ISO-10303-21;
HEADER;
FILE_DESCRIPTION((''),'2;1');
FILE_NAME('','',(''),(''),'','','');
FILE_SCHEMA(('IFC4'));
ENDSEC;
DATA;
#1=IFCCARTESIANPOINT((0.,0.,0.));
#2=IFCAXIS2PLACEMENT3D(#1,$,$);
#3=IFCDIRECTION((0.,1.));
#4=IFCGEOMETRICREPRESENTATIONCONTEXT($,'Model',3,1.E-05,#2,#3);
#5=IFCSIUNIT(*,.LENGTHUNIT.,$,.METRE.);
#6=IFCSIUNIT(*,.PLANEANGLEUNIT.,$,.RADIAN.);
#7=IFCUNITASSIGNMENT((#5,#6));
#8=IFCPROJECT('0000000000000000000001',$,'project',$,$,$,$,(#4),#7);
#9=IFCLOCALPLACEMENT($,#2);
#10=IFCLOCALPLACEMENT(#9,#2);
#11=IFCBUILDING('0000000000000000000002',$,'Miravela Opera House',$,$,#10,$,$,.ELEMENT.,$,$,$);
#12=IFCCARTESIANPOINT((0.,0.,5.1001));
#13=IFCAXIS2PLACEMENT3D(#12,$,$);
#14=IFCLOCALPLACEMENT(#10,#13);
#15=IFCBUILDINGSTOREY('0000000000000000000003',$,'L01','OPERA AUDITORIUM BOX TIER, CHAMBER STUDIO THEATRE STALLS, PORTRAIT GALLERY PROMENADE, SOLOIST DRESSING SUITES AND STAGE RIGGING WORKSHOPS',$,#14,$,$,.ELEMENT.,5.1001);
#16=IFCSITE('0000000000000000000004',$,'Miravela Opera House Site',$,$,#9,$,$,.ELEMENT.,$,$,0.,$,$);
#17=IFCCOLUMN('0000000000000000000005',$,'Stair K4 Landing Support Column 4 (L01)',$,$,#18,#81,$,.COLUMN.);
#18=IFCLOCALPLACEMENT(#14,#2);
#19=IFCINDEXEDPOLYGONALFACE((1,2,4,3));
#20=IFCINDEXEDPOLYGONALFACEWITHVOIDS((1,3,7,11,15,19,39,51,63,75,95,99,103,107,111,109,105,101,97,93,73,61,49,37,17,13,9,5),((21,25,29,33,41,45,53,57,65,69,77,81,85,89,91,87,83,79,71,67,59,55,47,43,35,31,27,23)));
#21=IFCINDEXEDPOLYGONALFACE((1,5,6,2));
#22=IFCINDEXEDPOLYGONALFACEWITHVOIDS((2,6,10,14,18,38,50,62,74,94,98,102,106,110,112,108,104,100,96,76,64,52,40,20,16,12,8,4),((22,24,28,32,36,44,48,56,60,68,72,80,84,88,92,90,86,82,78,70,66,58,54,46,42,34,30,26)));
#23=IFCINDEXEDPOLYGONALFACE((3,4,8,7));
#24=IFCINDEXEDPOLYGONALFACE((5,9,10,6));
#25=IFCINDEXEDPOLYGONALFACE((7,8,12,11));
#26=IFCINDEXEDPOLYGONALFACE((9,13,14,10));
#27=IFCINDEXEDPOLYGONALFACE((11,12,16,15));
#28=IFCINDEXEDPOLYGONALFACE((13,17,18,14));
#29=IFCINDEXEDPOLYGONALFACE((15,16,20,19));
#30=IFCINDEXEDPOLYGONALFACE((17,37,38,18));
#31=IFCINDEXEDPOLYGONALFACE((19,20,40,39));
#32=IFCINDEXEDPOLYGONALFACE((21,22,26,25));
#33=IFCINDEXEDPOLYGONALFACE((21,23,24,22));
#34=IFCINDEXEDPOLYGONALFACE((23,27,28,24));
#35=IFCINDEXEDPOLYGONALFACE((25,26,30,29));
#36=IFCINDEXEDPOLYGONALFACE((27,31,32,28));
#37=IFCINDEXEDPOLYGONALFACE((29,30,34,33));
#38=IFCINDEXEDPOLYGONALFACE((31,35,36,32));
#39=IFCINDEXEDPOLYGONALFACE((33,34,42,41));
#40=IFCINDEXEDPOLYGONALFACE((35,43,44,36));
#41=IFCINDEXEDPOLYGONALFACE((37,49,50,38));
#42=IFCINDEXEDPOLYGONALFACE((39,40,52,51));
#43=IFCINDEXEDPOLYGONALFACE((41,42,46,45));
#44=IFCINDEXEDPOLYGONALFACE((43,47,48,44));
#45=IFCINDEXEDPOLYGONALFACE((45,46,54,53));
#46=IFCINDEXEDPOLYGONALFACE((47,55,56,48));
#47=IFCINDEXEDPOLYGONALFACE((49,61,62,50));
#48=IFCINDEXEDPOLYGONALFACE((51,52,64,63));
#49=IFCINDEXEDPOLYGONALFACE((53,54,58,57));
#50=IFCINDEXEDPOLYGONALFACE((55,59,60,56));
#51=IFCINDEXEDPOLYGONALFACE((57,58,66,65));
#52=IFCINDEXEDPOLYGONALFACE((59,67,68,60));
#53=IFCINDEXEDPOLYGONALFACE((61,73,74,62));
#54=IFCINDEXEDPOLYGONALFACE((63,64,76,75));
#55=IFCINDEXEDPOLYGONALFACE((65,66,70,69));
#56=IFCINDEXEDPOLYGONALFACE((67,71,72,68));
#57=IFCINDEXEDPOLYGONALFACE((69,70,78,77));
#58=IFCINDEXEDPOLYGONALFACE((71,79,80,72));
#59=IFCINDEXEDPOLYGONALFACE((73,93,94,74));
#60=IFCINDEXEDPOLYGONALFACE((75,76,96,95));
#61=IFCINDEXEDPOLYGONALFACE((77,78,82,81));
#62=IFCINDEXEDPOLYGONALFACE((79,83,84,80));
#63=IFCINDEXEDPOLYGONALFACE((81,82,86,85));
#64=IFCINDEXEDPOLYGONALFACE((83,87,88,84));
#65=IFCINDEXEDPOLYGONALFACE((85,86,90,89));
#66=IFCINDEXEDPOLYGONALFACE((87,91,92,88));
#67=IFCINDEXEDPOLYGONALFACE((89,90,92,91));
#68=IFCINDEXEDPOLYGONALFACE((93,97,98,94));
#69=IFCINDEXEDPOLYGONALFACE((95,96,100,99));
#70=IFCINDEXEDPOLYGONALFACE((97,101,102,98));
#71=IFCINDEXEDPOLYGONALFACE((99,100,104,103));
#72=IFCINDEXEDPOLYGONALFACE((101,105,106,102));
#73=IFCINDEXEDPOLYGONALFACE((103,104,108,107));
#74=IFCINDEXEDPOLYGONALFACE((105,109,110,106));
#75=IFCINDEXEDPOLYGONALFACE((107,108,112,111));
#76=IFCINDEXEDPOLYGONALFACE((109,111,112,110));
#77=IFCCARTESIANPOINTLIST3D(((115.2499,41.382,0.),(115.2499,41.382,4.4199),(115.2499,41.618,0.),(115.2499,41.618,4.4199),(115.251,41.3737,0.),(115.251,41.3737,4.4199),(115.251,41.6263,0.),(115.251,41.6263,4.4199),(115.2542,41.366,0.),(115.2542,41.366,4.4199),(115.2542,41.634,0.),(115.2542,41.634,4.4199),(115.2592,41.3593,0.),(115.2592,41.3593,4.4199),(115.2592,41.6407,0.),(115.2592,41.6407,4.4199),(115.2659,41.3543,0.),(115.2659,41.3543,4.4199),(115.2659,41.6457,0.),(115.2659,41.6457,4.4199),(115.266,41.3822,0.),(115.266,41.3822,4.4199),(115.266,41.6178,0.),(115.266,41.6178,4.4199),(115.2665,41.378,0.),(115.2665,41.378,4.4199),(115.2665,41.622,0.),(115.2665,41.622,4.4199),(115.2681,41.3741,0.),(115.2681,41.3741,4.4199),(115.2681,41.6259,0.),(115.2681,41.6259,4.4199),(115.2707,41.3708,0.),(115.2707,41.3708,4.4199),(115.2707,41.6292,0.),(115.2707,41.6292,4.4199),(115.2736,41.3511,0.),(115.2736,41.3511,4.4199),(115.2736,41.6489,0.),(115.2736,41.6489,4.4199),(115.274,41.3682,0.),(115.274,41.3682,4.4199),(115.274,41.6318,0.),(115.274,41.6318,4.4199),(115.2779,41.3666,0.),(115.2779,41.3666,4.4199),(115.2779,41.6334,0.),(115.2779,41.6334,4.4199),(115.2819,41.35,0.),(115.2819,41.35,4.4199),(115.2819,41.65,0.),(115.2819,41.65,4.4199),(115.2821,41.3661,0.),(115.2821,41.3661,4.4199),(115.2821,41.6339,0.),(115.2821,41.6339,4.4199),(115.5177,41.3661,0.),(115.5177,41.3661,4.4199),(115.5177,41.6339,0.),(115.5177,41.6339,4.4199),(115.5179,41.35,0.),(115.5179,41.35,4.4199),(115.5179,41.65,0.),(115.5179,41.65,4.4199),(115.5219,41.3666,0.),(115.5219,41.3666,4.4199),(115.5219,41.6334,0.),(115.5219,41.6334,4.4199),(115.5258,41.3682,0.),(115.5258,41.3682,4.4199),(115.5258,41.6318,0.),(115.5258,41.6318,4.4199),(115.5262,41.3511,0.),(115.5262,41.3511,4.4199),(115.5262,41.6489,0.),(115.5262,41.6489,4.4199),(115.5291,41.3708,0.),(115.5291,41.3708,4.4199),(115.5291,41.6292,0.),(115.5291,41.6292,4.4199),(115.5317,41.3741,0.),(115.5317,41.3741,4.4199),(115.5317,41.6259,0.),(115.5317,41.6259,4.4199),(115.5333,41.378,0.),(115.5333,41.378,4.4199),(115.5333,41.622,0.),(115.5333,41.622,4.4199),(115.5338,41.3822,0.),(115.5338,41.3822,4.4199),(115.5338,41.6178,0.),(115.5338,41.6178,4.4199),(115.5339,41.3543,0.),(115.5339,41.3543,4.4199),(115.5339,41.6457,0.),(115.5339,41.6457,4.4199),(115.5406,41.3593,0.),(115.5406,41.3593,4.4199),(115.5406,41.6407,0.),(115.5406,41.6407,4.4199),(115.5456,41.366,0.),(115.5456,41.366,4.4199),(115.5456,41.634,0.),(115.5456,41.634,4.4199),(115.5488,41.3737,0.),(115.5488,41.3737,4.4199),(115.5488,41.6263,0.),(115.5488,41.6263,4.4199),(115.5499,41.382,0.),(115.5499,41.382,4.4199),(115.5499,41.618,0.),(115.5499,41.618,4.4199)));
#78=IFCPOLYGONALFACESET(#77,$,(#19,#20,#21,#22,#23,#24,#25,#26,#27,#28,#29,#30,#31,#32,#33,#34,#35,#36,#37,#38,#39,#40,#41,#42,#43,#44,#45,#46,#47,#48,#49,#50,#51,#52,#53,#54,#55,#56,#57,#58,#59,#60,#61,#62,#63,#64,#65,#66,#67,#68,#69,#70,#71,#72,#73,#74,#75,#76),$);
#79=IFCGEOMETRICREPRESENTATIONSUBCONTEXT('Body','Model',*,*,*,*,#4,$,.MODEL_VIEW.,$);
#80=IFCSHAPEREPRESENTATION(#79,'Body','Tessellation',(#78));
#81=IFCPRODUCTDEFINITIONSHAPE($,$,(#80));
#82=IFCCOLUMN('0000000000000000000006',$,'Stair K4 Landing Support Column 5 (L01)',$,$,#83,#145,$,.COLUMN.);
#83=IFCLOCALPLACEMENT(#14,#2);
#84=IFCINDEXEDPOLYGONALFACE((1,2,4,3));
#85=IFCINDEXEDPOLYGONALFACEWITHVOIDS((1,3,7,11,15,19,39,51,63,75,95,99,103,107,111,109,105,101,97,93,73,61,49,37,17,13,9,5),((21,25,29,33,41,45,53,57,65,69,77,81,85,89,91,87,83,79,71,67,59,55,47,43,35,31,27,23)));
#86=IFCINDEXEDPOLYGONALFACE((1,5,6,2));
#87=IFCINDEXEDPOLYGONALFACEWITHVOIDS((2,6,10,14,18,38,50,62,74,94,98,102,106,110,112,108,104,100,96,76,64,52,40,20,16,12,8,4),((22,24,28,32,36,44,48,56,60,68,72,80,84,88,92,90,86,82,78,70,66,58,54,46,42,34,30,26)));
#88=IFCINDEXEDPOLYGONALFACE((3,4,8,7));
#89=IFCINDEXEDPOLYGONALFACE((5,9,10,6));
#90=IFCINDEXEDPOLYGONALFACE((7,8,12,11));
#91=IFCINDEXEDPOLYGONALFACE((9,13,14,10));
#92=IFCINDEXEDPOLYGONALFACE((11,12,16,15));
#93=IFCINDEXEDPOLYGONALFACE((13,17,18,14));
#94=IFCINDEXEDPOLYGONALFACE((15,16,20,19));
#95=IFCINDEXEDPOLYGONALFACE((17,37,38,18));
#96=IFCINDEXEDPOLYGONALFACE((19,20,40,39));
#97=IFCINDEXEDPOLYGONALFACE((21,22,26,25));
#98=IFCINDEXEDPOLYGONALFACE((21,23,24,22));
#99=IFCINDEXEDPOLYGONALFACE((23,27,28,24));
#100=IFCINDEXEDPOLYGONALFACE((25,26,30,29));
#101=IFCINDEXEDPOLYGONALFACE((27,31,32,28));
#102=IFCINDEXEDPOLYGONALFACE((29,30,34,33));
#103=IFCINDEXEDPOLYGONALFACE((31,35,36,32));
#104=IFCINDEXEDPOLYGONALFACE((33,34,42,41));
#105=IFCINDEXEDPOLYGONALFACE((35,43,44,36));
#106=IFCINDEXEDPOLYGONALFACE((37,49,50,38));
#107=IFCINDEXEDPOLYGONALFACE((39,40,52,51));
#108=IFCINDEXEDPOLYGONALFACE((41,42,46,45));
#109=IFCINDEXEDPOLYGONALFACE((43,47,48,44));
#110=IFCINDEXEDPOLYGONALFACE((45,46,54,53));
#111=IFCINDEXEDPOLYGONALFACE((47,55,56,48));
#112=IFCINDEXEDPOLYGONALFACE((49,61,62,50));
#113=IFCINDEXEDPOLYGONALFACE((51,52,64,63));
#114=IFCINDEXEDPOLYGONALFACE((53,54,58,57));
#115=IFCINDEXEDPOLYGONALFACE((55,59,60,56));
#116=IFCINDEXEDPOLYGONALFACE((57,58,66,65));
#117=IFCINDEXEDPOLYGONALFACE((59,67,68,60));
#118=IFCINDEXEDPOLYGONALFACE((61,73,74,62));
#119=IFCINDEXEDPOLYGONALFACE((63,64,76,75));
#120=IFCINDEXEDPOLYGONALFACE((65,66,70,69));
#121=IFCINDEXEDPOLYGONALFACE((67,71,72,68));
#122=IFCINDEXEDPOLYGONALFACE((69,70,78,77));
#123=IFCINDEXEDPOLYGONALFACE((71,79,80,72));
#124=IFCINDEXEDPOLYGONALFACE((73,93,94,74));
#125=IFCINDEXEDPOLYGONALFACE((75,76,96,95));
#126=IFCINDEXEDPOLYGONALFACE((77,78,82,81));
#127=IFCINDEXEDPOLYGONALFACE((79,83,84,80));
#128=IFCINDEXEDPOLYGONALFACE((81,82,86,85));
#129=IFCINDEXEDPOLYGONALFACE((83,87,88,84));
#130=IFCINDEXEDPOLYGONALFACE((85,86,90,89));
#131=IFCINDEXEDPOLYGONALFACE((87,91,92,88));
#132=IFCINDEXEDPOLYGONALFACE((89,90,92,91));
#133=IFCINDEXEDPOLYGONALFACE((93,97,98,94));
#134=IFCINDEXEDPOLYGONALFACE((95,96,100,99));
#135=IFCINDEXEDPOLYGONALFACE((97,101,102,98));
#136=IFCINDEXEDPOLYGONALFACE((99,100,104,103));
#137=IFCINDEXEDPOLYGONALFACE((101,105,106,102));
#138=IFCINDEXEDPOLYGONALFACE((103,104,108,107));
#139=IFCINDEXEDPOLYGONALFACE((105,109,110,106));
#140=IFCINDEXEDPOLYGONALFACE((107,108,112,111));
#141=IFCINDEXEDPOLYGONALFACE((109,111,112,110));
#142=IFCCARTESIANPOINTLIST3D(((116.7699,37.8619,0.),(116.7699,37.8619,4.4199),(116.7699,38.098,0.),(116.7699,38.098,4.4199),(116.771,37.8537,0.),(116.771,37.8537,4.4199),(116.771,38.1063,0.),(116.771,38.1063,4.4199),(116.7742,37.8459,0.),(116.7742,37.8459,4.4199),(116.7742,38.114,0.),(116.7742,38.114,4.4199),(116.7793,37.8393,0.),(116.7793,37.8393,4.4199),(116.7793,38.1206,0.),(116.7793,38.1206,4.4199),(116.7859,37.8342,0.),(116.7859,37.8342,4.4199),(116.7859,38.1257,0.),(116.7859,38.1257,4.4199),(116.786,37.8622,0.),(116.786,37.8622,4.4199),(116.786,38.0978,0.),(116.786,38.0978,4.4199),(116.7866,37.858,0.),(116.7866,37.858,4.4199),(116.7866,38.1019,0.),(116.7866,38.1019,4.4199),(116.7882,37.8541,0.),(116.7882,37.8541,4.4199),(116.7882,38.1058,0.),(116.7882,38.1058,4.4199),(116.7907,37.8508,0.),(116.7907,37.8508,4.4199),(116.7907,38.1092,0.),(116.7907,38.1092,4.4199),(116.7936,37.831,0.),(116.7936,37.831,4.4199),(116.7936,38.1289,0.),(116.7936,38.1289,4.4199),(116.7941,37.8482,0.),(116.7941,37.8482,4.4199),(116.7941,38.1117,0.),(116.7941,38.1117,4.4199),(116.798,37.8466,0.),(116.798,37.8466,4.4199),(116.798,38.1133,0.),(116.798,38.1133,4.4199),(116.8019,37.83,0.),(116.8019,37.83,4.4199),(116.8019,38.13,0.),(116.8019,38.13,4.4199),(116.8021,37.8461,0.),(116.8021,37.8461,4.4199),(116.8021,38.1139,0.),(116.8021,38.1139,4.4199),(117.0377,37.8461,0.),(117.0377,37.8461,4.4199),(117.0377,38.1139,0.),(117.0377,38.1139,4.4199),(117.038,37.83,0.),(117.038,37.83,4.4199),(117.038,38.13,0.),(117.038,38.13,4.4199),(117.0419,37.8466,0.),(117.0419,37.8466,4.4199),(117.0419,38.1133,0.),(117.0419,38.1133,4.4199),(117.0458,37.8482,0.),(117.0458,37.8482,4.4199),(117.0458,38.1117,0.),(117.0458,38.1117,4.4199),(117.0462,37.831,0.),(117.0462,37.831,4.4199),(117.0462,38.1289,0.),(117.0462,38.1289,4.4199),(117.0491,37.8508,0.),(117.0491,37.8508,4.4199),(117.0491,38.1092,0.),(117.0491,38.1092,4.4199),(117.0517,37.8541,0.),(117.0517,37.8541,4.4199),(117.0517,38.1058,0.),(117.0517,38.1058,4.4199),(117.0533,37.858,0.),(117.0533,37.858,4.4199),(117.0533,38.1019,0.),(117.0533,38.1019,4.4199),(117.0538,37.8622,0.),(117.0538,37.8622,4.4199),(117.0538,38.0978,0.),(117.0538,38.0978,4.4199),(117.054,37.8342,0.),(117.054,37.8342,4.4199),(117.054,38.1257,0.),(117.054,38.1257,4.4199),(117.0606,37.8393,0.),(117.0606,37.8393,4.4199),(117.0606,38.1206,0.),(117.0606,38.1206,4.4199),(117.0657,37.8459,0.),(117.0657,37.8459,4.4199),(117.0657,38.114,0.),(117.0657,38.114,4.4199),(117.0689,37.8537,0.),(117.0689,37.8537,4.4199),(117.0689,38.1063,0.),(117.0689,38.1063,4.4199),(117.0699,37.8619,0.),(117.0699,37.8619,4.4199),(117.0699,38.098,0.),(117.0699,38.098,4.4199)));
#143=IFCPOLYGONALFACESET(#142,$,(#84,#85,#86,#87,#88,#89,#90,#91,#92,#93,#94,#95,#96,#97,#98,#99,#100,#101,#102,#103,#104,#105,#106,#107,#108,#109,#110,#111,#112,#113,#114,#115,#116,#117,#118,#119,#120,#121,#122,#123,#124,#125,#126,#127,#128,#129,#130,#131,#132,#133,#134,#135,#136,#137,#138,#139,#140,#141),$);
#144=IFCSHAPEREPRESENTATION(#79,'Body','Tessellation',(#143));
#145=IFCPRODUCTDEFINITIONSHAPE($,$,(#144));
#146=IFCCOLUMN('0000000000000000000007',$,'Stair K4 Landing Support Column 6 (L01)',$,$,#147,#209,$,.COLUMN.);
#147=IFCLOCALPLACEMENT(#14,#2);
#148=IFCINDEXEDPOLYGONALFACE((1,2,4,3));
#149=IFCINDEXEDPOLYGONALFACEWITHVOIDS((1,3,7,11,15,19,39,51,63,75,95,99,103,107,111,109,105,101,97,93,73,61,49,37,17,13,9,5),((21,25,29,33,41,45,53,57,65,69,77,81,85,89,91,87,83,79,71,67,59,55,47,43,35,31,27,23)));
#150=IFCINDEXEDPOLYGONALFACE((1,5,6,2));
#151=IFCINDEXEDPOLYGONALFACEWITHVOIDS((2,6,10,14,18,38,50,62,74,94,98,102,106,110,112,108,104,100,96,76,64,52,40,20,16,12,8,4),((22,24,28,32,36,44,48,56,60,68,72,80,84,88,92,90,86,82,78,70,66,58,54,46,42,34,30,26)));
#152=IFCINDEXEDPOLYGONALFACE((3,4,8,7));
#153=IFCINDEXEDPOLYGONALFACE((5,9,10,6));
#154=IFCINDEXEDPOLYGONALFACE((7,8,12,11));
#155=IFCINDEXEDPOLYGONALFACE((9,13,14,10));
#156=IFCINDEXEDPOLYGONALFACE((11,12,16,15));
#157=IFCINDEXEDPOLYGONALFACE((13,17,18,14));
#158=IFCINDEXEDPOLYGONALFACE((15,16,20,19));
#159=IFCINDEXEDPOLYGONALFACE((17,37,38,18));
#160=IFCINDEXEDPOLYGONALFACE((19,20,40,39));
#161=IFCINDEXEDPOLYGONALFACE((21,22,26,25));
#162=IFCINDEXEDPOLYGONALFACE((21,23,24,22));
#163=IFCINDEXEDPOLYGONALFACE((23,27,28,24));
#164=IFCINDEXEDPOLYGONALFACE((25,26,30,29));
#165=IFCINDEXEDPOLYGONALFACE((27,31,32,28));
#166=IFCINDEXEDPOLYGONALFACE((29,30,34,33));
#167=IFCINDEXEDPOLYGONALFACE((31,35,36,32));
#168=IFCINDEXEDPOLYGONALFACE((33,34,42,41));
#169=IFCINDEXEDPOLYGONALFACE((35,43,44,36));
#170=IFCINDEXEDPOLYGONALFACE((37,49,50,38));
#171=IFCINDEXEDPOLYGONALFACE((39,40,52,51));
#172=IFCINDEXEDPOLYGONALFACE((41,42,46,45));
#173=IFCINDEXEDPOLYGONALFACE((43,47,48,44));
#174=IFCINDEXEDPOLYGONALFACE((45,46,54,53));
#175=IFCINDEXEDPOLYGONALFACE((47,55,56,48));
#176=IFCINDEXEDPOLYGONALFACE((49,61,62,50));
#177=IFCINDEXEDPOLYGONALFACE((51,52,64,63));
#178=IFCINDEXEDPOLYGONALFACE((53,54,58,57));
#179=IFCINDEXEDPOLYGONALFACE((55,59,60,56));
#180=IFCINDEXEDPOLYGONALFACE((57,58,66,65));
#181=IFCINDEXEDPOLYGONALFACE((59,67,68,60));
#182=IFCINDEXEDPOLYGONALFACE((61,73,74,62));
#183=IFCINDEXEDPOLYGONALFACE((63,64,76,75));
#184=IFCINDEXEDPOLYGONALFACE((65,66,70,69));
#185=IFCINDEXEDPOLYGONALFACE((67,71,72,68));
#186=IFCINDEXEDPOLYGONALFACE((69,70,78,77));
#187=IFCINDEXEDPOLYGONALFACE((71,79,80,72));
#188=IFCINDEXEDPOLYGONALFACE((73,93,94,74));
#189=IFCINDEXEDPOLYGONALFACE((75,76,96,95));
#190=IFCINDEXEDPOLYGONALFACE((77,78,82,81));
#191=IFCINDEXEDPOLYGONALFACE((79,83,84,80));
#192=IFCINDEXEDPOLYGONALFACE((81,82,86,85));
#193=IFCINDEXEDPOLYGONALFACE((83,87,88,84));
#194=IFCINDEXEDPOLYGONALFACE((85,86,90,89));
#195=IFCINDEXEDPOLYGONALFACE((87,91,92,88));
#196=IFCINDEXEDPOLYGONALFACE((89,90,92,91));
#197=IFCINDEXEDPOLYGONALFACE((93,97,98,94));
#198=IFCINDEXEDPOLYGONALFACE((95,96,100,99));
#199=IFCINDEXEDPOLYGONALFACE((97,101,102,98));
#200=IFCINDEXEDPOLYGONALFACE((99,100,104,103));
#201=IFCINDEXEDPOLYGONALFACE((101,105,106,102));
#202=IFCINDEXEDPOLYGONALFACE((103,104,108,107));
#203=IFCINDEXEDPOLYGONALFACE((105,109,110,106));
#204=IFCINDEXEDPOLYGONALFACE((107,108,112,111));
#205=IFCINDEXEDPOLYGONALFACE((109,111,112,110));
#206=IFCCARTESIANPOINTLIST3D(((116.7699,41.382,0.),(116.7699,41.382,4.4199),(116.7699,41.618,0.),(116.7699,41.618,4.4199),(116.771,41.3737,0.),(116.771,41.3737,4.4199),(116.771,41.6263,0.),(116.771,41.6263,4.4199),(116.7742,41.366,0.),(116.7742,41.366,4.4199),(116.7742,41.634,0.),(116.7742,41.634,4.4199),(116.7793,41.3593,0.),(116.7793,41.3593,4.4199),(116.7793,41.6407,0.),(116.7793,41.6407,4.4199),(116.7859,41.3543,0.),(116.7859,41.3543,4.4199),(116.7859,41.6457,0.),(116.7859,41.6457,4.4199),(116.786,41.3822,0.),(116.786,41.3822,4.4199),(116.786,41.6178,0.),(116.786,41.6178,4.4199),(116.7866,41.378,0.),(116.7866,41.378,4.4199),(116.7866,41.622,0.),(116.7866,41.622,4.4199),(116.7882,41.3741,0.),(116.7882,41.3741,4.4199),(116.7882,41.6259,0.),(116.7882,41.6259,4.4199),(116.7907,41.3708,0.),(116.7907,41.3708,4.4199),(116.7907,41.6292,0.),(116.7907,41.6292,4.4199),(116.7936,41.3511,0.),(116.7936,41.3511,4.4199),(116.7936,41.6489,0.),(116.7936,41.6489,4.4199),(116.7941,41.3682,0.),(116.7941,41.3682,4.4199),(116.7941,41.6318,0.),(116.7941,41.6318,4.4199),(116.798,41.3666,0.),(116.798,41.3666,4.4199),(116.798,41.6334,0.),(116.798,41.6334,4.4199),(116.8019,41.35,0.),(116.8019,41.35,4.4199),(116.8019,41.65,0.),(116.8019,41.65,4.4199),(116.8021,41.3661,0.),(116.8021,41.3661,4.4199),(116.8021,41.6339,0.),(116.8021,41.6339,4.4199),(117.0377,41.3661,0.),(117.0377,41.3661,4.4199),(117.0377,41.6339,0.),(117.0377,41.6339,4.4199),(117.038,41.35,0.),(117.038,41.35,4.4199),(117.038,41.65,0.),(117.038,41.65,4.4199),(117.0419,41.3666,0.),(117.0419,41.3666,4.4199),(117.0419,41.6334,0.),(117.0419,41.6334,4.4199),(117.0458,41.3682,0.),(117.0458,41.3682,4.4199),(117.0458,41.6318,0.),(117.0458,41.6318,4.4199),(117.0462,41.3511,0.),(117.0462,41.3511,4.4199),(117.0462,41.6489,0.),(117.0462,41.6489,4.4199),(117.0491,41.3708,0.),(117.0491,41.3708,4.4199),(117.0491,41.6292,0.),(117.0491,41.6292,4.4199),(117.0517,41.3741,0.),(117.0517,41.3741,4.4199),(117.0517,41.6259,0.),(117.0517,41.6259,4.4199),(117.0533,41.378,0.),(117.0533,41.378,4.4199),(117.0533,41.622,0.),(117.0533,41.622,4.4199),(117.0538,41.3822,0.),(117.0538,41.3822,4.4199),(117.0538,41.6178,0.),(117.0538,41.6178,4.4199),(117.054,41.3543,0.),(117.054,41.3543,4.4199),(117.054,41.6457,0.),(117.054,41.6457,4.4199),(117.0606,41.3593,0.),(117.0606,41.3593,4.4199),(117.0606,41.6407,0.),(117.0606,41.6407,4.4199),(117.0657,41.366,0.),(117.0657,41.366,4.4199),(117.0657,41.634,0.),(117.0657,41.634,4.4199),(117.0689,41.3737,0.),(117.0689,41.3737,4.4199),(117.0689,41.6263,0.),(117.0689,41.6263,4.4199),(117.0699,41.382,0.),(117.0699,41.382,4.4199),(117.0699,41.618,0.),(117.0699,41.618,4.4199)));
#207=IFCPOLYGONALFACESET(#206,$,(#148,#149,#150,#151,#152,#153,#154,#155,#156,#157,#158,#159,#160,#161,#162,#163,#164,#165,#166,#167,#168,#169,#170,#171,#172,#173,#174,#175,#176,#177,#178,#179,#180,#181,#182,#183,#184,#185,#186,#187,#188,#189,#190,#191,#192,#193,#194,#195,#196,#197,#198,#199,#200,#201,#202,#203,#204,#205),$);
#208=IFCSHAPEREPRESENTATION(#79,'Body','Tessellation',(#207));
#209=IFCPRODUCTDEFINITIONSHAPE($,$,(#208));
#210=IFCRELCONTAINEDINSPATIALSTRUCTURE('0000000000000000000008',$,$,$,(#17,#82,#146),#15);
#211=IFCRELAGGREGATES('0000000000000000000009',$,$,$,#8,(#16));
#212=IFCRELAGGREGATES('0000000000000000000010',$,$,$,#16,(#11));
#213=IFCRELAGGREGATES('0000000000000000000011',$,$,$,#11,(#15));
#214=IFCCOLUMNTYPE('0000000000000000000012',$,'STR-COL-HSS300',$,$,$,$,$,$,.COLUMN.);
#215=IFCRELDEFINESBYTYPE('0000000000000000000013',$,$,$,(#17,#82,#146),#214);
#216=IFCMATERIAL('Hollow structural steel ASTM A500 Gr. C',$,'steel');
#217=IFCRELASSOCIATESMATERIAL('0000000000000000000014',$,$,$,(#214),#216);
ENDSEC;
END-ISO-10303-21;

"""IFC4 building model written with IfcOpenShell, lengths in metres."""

from ifc_helpers import new_model, si_unit, direction, frame, origin, origin_2d, place, context, subcontext, project, spatial, hollow_rectangle, extrude, material, material_profile, profile_set, type_object, element, save


model = new_model("IFC4")

# Units and contexts
model_context = context("Model", 3, precision=1e-05, world=origin(), true_north=direction((0.0, 1.0)))
body_context = subcontext(model_context, "Body", "Model", "MODEL_VIEW")
ifc_project = project(units=[si_unit("LENGTHUNIT", "METRE"), si_unit("PLANEANGLEUNIT", "RADIAN")], contexts=[model_context])

# Site, building, storey
site_placement = place(None, origin())
site = spatial("IfcSite", under=ifc_project, at=site_placement, Name="Miravela Opera House Site", CompositionType="ELEMENT", RefElevation=0.0)
building_placement = place(site_placement, origin())
building = spatial("IfcBuilding", under=site, at=building_placement, Name="Miravela Opera House", CompositionType="ELEMENT")
storey_placement = place(building_placement, frame((0.0, 0.0, 5.1001)))
storey = spatial("IfcBuildingStorey", under=building, at=storey_placement, Name="L01", Description="OPERA AUDITORIUM BOX TIER, CHAMBER STUDIO THEATRE STALLS, PORTRAIT GALLERY PROMENADE, SOLOIST DRESSING SUITES AND STAGE RIGGING WORKSHOPS", CompositionType="ELEMENT", Elevation=5.1001)

# Columns
ifc_material_1 = material(Name="Hollow structural steel ASTM A500 Gr. C", Category="steel")
ifc_material_profile_1 = material_profile(ifc_material_1, hollow_rectangle(XDim=0.3, YDim=0.3, WallThickness=0.0161, InnerFilletRadius=0.0161, OuterFilletRadius=0.032, at=origin_2d()), Name="HSS300X300X16")
ifc_profile_set_1 = profile_set([ifc_material_profile_1])
column_type_1 = type_object("IfcColumnType", Name="STR-COL-HSS300", PredefinedType="COLUMN", material=ifc_profile_set_1)
for number, where, z_axis, x_axis, name in (
    (1, (115.3999, 41.5, 0.0), (0.0, 0.0, 1.0), (1.0, 0.0, 0.0), "Stair K4 Landing Support Column 4 (L01)"),
    (2, (116.9199, 37.98, 0.0), (0.0, 0.0, 1.0), (1.0, 0.0, 0.0), "Stair K4 Landing Support Column 5 (L01)"),
    (3, (116.9199, 41.5, 0.0), (0.0, 0.0, 1.0), (1.0, 0.0, 0.0), "Stair K4 Landing Support Column 6 (L01)"),
):
    element("IfcColumn", number, at=place(storey_placement, frame(where, z_axis=z_axis, x_axis=x_axis)), inside=storey, type_object=column_type_1, Name=name, PredefinedType="COLUMN", context=body_context, shape_type="SweptSolid", body=[
        extrude(hollow_rectangle(XDim=0.3, YDim=0.3, WallThickness=0.0161, InnerFilletRadius=0.0161, OuterFilletRadius=0.032, at=origin_2d()), origin(), (0.0, 0.0, 1.0), 4.4199),
    ])

save(model, "model.ifc")
